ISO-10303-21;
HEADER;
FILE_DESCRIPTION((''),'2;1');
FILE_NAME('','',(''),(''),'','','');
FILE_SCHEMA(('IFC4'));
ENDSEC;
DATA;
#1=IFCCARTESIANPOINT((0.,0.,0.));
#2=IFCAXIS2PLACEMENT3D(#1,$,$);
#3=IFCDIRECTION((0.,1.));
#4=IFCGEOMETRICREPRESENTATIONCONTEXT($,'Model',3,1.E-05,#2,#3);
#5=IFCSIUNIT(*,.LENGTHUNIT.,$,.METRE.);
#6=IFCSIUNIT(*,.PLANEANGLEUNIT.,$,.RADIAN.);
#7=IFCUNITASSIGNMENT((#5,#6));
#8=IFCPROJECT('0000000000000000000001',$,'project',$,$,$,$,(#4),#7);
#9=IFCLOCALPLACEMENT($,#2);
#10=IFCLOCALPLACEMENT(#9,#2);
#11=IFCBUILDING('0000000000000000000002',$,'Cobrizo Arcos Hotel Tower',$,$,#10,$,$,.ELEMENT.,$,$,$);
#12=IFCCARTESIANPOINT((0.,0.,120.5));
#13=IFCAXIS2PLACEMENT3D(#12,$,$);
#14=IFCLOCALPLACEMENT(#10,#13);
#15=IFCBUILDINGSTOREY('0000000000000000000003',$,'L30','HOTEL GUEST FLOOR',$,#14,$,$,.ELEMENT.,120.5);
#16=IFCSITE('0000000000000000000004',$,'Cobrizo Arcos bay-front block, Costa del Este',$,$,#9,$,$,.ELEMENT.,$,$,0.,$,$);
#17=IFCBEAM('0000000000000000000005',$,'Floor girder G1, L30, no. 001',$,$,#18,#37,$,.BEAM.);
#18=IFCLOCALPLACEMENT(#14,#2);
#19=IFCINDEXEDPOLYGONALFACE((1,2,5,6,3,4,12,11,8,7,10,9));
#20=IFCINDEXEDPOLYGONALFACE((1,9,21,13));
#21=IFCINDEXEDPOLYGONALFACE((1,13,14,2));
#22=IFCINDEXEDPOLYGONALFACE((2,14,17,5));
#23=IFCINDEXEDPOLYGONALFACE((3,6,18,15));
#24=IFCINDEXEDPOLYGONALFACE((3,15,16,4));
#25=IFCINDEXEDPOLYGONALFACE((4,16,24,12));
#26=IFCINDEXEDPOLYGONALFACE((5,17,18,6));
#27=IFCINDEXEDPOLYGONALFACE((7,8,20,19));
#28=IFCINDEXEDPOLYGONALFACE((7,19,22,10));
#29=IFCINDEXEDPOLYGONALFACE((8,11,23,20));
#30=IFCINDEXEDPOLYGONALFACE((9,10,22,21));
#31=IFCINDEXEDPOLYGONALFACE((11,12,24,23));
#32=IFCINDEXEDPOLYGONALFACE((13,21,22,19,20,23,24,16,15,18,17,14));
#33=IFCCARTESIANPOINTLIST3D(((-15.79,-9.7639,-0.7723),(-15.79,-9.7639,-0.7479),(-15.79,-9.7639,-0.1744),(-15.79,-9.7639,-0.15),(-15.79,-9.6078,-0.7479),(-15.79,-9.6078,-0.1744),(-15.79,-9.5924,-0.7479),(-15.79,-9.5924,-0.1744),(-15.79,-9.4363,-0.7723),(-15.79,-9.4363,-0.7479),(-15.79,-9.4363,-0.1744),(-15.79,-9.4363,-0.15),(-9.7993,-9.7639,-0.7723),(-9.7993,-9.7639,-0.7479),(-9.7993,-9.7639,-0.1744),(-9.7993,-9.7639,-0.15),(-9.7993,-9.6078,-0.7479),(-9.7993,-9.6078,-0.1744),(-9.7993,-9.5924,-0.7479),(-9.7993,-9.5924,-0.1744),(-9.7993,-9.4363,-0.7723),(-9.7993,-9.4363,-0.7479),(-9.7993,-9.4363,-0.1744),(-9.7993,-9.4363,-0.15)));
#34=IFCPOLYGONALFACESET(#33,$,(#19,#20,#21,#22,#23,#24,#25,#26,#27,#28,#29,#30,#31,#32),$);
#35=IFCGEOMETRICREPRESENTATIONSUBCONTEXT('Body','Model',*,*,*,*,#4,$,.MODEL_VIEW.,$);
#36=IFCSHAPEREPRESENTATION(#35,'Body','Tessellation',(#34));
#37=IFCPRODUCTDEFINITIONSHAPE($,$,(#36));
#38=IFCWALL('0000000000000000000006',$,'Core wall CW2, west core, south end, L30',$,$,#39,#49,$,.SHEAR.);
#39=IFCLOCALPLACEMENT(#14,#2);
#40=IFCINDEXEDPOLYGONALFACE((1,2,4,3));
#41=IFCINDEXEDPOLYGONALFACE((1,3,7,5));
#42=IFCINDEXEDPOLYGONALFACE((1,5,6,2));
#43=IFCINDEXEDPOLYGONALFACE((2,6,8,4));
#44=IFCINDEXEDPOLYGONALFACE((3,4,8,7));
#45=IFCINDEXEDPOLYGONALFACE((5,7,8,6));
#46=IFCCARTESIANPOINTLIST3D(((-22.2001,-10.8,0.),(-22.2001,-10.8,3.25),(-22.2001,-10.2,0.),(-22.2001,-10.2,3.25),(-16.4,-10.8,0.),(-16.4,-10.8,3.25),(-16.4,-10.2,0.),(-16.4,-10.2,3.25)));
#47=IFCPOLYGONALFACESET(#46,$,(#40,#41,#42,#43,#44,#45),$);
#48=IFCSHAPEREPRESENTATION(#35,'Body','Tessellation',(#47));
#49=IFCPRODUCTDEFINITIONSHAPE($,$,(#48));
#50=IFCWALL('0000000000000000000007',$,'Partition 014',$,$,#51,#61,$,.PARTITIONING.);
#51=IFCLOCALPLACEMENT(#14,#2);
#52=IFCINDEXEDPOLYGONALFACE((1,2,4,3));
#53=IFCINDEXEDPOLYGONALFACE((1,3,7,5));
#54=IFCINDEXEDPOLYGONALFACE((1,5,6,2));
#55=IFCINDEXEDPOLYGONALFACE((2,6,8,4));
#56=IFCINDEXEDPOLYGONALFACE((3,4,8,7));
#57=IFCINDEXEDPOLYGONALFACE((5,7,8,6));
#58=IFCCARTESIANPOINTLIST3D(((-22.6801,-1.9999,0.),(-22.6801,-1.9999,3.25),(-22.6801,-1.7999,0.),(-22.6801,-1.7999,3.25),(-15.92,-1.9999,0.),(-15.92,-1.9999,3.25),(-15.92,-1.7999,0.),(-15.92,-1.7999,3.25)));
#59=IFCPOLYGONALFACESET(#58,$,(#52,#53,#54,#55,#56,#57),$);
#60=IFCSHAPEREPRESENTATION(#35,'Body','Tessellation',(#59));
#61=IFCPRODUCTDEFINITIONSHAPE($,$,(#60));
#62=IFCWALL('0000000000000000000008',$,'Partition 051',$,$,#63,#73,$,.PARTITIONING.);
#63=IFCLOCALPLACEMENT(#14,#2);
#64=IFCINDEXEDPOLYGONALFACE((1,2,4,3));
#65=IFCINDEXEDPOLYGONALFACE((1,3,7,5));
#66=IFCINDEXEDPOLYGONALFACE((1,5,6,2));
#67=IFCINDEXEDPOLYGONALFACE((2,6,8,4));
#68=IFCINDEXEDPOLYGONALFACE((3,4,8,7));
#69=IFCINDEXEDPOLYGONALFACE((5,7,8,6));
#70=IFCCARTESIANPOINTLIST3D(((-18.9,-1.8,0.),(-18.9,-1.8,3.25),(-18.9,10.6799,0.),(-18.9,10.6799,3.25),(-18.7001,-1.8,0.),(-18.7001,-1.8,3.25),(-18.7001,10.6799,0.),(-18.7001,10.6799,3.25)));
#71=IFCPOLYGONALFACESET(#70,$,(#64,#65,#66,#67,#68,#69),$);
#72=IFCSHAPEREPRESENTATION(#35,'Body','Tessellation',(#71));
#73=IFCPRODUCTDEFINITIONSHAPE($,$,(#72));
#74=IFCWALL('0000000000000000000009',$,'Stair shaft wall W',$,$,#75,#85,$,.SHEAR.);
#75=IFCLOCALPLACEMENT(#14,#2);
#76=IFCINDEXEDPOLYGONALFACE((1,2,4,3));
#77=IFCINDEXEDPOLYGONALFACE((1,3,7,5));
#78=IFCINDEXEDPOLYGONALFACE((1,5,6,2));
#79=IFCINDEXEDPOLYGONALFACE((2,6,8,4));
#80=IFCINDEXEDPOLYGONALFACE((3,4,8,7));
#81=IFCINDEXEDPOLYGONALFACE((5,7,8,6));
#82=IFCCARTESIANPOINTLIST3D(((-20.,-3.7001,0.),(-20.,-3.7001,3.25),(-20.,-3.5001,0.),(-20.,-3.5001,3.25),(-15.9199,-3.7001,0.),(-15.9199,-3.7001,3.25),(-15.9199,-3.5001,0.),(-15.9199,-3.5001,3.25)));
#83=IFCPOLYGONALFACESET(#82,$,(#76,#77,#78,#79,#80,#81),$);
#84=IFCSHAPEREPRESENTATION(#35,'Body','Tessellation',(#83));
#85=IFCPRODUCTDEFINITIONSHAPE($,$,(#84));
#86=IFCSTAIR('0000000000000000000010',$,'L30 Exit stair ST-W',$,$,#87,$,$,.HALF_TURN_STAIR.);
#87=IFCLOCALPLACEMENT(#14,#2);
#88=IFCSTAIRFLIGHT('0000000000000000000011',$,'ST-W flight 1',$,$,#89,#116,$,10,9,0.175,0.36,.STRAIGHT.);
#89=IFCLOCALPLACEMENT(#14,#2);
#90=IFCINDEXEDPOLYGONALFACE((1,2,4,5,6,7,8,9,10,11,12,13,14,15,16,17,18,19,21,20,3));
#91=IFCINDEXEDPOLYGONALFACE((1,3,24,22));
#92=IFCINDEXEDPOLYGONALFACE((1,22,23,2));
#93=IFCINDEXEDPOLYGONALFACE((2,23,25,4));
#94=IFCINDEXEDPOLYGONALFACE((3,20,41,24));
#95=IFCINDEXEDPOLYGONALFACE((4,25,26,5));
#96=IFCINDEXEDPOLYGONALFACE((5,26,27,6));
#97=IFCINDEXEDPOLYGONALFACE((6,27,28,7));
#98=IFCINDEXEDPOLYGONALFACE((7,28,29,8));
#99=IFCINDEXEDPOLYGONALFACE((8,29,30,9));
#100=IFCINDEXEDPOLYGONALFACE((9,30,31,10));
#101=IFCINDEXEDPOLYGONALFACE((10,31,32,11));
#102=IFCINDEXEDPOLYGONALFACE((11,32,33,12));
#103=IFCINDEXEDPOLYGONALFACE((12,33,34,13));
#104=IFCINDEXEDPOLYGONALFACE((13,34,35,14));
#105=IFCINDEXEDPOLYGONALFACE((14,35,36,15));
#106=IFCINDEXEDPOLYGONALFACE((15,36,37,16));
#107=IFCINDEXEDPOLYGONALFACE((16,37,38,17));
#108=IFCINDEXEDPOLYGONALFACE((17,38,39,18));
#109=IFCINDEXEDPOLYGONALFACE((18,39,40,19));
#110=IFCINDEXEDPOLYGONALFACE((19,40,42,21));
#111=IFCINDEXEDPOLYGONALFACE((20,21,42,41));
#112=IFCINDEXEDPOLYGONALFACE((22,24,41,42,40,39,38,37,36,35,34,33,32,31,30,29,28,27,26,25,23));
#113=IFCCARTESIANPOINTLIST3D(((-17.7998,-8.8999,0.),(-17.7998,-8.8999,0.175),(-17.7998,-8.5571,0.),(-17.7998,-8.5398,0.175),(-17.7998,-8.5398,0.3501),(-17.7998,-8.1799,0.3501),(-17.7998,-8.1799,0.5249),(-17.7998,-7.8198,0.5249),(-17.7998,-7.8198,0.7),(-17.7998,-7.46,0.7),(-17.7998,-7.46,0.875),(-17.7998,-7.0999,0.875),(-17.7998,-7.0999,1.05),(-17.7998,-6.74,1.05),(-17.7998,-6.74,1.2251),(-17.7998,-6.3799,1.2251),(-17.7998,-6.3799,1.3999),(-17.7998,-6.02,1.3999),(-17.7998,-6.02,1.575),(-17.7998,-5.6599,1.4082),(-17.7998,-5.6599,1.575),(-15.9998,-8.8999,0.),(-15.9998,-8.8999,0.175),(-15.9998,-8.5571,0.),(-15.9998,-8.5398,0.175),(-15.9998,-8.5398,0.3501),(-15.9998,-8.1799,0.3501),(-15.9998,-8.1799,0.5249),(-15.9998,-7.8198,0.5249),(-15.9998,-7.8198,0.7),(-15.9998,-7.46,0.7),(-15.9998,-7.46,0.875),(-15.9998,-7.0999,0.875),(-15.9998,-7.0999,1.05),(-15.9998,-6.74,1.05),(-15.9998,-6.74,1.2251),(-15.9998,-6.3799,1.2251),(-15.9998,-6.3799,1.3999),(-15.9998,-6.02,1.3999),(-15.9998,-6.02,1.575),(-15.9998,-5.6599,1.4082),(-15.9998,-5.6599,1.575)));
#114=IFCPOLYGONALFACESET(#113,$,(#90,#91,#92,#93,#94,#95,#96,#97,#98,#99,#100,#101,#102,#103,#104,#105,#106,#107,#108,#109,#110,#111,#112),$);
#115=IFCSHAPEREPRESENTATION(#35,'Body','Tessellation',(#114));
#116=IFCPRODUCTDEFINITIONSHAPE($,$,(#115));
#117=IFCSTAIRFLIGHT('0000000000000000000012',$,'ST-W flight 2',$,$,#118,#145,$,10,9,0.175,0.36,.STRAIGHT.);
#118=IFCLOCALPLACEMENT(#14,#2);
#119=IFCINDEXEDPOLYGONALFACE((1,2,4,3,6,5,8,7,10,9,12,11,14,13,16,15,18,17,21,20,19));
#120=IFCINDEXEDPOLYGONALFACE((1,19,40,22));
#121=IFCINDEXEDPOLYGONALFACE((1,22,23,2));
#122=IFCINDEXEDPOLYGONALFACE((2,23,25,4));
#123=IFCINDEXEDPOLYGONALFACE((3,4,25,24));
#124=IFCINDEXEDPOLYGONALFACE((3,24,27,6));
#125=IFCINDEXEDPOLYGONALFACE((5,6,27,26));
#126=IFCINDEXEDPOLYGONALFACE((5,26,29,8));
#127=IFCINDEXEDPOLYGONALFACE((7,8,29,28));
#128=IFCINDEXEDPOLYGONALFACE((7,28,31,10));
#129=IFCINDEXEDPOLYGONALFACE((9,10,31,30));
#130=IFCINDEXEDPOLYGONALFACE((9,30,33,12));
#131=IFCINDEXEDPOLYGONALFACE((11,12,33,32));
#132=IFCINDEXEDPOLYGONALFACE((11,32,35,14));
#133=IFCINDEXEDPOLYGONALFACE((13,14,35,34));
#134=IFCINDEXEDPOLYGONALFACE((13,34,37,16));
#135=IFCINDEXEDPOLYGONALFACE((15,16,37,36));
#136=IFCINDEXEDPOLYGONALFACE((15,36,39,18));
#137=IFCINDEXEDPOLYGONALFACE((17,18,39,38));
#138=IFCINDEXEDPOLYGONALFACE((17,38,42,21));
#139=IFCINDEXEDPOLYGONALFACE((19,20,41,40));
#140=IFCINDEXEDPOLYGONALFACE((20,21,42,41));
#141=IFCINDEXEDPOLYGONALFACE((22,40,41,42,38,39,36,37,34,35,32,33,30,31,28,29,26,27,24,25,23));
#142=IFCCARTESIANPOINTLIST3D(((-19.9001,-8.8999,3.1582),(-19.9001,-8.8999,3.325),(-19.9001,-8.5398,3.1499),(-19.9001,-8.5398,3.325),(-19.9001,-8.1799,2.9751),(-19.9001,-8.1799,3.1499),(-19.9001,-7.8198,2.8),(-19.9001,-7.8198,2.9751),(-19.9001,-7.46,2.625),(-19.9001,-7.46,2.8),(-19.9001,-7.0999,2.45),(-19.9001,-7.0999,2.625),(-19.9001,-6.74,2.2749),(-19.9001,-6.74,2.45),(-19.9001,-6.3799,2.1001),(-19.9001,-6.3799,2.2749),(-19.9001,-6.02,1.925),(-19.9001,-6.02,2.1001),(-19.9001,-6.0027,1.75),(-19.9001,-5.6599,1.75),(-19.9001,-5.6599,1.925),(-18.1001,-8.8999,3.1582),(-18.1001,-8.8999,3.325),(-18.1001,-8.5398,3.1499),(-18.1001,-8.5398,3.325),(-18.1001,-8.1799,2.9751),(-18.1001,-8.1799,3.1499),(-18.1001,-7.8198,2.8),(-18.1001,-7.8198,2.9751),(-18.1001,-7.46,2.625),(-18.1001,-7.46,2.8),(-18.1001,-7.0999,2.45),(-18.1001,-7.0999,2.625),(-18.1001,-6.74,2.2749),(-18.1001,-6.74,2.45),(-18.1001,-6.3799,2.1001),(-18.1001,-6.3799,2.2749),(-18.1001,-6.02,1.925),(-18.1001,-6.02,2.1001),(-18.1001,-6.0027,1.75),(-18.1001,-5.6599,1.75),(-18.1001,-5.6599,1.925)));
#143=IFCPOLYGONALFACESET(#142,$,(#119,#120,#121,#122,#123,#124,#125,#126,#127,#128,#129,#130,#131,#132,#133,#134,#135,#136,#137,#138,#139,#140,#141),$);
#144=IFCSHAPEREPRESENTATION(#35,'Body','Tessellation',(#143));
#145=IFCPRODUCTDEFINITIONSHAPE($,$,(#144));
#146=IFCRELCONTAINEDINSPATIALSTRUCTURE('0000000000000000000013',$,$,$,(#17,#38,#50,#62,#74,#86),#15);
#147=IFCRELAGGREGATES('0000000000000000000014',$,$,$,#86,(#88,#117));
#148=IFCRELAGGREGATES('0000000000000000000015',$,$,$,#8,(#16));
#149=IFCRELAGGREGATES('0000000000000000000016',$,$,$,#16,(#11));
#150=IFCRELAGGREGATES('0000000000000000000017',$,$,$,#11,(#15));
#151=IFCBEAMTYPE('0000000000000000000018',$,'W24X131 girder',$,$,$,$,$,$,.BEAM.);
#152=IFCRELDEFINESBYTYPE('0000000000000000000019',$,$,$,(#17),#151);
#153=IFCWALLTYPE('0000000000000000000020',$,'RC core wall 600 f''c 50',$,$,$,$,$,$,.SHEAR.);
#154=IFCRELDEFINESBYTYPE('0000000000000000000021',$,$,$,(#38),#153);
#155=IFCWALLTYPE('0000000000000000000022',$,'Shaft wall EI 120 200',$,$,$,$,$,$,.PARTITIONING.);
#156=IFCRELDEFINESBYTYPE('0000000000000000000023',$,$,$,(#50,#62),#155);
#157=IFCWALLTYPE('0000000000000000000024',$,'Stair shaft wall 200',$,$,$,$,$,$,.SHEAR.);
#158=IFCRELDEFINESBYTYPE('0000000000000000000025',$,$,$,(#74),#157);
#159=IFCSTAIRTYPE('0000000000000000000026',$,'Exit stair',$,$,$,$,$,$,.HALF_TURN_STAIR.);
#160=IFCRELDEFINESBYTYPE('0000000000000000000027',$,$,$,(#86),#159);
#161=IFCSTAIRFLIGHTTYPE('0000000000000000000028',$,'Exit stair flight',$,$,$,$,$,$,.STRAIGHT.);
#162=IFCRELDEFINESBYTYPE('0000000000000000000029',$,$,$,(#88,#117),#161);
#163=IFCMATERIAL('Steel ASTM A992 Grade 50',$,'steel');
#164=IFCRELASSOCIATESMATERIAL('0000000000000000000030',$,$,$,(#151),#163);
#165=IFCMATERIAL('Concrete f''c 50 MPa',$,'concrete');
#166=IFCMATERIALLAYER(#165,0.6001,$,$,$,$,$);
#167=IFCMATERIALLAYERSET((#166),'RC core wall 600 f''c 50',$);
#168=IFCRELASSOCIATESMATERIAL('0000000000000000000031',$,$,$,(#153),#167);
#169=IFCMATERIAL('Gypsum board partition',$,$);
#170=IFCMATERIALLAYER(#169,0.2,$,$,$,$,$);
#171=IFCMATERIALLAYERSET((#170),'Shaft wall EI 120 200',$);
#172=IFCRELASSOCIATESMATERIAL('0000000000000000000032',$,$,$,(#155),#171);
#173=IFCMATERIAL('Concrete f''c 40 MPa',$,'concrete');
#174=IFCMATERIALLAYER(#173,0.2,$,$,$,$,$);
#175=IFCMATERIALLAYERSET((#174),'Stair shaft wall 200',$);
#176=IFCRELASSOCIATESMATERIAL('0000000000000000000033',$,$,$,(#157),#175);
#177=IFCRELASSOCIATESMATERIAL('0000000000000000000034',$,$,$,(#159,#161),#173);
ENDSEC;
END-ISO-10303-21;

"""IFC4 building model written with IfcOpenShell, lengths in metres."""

from ifc_helpers import new_model, si_unit, direction, frame, frame_2d, origin, origin_2d, place, context, subcontext, project, spatial, polyline, rectangle, i_section, outline, extrude, material, layer, layer_set, material_profile, profile_set, type_object, element, aggregate, save


model = new_model("IFC4")

# Units and contexts
model_context = context("Model", 3, precision=1e-05, world=origin(), true_north=direction((0.0, 1.0)))
body_context = subcontext(model_context, "Body", "Model", "MODEL_VIEW")
ifc_project = project(units=[si_unit("LENGTHUNIT", "METRE"), si_unit("PLANEANGLEUNIT", "RADIAN")], contexts=[model_context])

# Site, building, storey
site_placement = place(None, origin())
site = spatial("IfcSite", under=ifc_project, at=site_placement, Name="Cobrizo Arcos bay-front block, Costa del Este", CompositionType="ELEMENT", RefElevation=0.0)
building_placement = place(site_placement, origin())
building = spatial("IfcBuilding", under=site, at=building_placement, Name="Cobrizo Arcos Hotel Tower", CompositionType="ELEMENT")
storey_placement = place(building_placement, frame((0.0, 0.0, 120.5)))
storey = spatial("IfcBuildingStorey", under=building, at=storey_placement, Name="L30", Description="HOTEL GUEST FLOOR", CompositionType="ELEMENT", Elevation=120.5)

# Beam
ifc_material_1 = material(Name="Steel ASTM A992 Grade 50", Category="steel")
ifc_material_profile = material_profile(ifc_material_1, i_section(OverallWidth=0.3276, OverallDepth=0.6223, WebThickness=0.0154, FlangeThickness=0.0244, at=origin_2d()), Name="W24X131")
ifc_profile_set = profile_set([ifc_material_profile], Name="Steel ASTM A992 Grade 50")
beam_type = type_object("IfcBeamType", Name="W24X131 girder", PredefinedType="BEAM", material=ifc_profile_set)
beam_placement = place(storey_placement, frame((-15.79, -9.6001, -0.4612), z_axis=(1.0, 0.0, 0.0), x_axis=(0.0, 1.0, 0.0)))
element("IfcBeam", 1, at=beam_placement, inside=storey, type_object=beam_type, Name="Floor girder G1, L30, no. 001", PredefinedType="BEAM", context=body_context, shape_type="SweptSolid", body=[
    extrude(i_section(OverallWidth=0.3276, OverallDepth=0.6223, WebThickness=0.0154, FlangeThickness=0.0244, at=origin_2d()), origin(), (0.0, 0.0, 1.0), 5.9907),
])

# Walls
ifc_material_2 = material(Name="Concrete f'c 50 MPa", Category="concrete")
ifc_layer_1 = layer(ifc_material_2, 0.6001)
ifc_layer_set_1 = layer_set([ifc_layer_1], Name="RC core wall 600 f'c 50")
wall_type_1 = type_object("IfcWallType", Name="RC core wall 600 f'c 50", PredefinedType="SHEAR", material=ifc_layer_set_1)
wall_1_placement = place(storey_placement, frame((-22.2, -10.5, 0.0), z_axis=(0.0, 0.0, 1.0), x_axis=(1.0, 0.0, 0.0)))
element("IfcWall", 2, at=wall_1_placement, inside=storey, type_object=wall_type_1, Name="Core wall CW2, west core, south end, L30", PredefinedType="SHEAR", context=body_context, shape_type="SweptSolid", body=[
    extrude(rectangle(XDim=5.8, YDim=0.6001, at=frame_2d((2.8999, 0.0))), origin(), (0.0, 0.0, 1.0), 3.25),
])
ifc_material_3 = material(Name="Gypsum board partition")
ifc_layer_2 = layer(ifc_material_3, 0.2)
ifc_layer_set_2 = layer_set([ifc_layer_2], Name="Shaft wall EI 120 200")
wall_type_2 = type_object("IfcWallType", Name="Shaft wall EI 120 200", PredefinedType="PARTITIONING", material=ifc_layer_set_2)
wall_2_placement = place(storey_placement, frame((-22.6799, -1.8999, 0.0), z_axis=(0.0, 0.0, 1.0), x_axis=(1.0, 0.0, 0.0)))
element("IfcWall", 3, at=wall_2_placement, inside=storey, type_object=wall_type_2, Name="Partition 014", PredefinedType="PARTITIONING", context=body_context, shape_type="SweptSolid", body=[
    extrude(rectangle(XDim=6.76, YDim=0.2, at=frame_2d((3.3799, 0.0))), origin(), (0.0, 0.0, 1.0), 3.25),
])
wall_3_placement = place(storey_placement, frame((-18.8, -1.8, 0.0), z_axis=(0.0, 0.0, 1.0), x_axis=(0.0, 1.0, 0.0)))
element("IfcWall", 4, at=wall_3_placement, inside=storey, type_object=wall_type_2, Name="Partition 051", PredefinedType="PARTITIONING", context=body_context, shape_type="SweptSolid", body=[
    extrude(rectangle(XDim=12.48, YDim=0.2, at=frame_2d((6.24, 0.0))), origin(), (0.0, 0.0, 1.0), 3.25),
])
ifc_material_4 = material(Name="Concrete f'c 40 MPa", Category="concrete")
ifc_layer_3 = layer(ifc_material_4, 0.2)
ifc_layer_set_3 = layer_set([ifc_layer_3], Name="Stair shaft wall 200")
wall_type_3 = type_object("IfcWallType", Name="Stair shaft wall 200", PredefinedType="SHEAR", material=ifc_layer_set_3)
wall_4_placement = place(storey_placement, frame((-20.0, -3.6001, 0.0), z_axis=(0.0, 0.0, 1.0), x_axis=(1.0, 0.0, 0.0)))
element("IfcWall", 5, at=wall_4_placement, inside=storey, type_object=wall_type_3, Name="Stair shaft wall W", PredefinedType="SHEAR", context=body_context, shape_type="SweptSolid", body=[
    extrude(rectangle(XDim=4.0801, YDim=0.2, at=frame_2d((2.04, 0.0))), origin(), (0.0, 0.0, 1.0), 3.25),
])

# Stair, stair flights
stair_type = type_object("IfcStairType", Name="Exit stair", PredefinedType="HALF_TURN_STAIR", material=ifc_material_4)
stair_placement = place(storey_placement, origin())
stair = element("IfcStair", 6, at=stair_placement, inside=storey, type_object=stair_type, Name="L30 Exit stair ST-W", PredefinedType="HALF_TURN_STAIR")
stair_flight_type = type_object("IfcStairFlightType", Name="Exit stair flight", PredefinedType="STRAIGHT", material=ifc_material_4)
stair_flight_1_placement = place(storey_placement, frame((-16.8999, -8.8999, 0.0), z_axis=(0.0, 0.0, 1.0), x_axis=(0.0, 1.0, 0.0)))
stair_flight_1 = element("IfcStairFlight", 7, at=stair_flight_1_placement, type_object=stair_flight_type, Name="ST-W flight 1", NumberOfRisers=10, NumberOfTreads=9, PredefinedType="STRAIGHT", RiserHeight=0.175, TreadLength=0.36, context=body_context, shape_type="SweptSolid", body=[
    extrude(outline(polyline([(0.0, 0.0), (0.0, 0.175), (0.3601, 0.175), (0.3601, 0.3501), (0.72, 0.3501), (0.72, 0.5249), (1.0801, 0.5249), (1.0801, 0.7), (1.4399, 0.7), (1.4399, 0.875), (1.8, 0.875), (1.8, 1.05), (2.1599, 1.05), (2.1599, 1.2251), (2.52, 1.2251), (2.52, 1.3999), (2.8799, 1.3999), (2.8799, 1.575), (3.24, 1.575), (3.24, 1.75), (3.24, 1.4082), (0.3428, 0.0), (0.0, 0.0)])), frame((0.0, 0.8999, 0.0), z_axis=(0.0, -1.0, 0.0), x_axis=(1.0, 0.0, 0.0)), (0.0, 0.0, 1.0), 1.8),
])
stair_flight_2_placement = place(storey_placement, frame((-19.0, -5.6599, 1.75), z_axis=(0.0, 0.0, 1.0), x_axis=(0.0, -1.0, 0.0)))
stair_flight_2 = element("IfcStairFlight", 8, at=stair_flight_2_placement, type_object=stair_flight_type, Name="ST-W flight 2", NumberOfRisers=10, NumberOfTreads=9, PredefinedType="STRAIGHT", RiserHeight=0.175, TreadLength=0.36, context=body_context, shape_type="SweptSolid", body=[
    extrude(outline(polyline([(0.0, 0.0), (0.0, 0.175), (0.3601, 0.175), (0.3601, 0.3501), (0.72, 0.3501), (0.72, 0.5249), (1.0801, 0.5249), (1.0801, 0.7), (1.4399, 0.7), (1.4399, 0.875), (1.8, 0.875), (1.8, 1.05), (2.1599, 1.05), (2.1599, 1.2251), (2.52, 1.2251), (2.52, 1.3999), (2.8799, 1.3999), (2.8799, 1.575), (3.24, 1.575), (3.24, 1.75), (3.24, 1.4082), (0.3428, 0.0), (0.0, 0.0)])), frame((0.0, 0.8999, 0.0), z_axis=(0.0, -1.0, 0.0), x_axis=(1.0, 0.0, 0.0)), (0.0, 0.0, 1.0), 1.8),
])
aggregate(stair, [stair_flight_1, stair_flight_2])

save(model, "model.ifc")
